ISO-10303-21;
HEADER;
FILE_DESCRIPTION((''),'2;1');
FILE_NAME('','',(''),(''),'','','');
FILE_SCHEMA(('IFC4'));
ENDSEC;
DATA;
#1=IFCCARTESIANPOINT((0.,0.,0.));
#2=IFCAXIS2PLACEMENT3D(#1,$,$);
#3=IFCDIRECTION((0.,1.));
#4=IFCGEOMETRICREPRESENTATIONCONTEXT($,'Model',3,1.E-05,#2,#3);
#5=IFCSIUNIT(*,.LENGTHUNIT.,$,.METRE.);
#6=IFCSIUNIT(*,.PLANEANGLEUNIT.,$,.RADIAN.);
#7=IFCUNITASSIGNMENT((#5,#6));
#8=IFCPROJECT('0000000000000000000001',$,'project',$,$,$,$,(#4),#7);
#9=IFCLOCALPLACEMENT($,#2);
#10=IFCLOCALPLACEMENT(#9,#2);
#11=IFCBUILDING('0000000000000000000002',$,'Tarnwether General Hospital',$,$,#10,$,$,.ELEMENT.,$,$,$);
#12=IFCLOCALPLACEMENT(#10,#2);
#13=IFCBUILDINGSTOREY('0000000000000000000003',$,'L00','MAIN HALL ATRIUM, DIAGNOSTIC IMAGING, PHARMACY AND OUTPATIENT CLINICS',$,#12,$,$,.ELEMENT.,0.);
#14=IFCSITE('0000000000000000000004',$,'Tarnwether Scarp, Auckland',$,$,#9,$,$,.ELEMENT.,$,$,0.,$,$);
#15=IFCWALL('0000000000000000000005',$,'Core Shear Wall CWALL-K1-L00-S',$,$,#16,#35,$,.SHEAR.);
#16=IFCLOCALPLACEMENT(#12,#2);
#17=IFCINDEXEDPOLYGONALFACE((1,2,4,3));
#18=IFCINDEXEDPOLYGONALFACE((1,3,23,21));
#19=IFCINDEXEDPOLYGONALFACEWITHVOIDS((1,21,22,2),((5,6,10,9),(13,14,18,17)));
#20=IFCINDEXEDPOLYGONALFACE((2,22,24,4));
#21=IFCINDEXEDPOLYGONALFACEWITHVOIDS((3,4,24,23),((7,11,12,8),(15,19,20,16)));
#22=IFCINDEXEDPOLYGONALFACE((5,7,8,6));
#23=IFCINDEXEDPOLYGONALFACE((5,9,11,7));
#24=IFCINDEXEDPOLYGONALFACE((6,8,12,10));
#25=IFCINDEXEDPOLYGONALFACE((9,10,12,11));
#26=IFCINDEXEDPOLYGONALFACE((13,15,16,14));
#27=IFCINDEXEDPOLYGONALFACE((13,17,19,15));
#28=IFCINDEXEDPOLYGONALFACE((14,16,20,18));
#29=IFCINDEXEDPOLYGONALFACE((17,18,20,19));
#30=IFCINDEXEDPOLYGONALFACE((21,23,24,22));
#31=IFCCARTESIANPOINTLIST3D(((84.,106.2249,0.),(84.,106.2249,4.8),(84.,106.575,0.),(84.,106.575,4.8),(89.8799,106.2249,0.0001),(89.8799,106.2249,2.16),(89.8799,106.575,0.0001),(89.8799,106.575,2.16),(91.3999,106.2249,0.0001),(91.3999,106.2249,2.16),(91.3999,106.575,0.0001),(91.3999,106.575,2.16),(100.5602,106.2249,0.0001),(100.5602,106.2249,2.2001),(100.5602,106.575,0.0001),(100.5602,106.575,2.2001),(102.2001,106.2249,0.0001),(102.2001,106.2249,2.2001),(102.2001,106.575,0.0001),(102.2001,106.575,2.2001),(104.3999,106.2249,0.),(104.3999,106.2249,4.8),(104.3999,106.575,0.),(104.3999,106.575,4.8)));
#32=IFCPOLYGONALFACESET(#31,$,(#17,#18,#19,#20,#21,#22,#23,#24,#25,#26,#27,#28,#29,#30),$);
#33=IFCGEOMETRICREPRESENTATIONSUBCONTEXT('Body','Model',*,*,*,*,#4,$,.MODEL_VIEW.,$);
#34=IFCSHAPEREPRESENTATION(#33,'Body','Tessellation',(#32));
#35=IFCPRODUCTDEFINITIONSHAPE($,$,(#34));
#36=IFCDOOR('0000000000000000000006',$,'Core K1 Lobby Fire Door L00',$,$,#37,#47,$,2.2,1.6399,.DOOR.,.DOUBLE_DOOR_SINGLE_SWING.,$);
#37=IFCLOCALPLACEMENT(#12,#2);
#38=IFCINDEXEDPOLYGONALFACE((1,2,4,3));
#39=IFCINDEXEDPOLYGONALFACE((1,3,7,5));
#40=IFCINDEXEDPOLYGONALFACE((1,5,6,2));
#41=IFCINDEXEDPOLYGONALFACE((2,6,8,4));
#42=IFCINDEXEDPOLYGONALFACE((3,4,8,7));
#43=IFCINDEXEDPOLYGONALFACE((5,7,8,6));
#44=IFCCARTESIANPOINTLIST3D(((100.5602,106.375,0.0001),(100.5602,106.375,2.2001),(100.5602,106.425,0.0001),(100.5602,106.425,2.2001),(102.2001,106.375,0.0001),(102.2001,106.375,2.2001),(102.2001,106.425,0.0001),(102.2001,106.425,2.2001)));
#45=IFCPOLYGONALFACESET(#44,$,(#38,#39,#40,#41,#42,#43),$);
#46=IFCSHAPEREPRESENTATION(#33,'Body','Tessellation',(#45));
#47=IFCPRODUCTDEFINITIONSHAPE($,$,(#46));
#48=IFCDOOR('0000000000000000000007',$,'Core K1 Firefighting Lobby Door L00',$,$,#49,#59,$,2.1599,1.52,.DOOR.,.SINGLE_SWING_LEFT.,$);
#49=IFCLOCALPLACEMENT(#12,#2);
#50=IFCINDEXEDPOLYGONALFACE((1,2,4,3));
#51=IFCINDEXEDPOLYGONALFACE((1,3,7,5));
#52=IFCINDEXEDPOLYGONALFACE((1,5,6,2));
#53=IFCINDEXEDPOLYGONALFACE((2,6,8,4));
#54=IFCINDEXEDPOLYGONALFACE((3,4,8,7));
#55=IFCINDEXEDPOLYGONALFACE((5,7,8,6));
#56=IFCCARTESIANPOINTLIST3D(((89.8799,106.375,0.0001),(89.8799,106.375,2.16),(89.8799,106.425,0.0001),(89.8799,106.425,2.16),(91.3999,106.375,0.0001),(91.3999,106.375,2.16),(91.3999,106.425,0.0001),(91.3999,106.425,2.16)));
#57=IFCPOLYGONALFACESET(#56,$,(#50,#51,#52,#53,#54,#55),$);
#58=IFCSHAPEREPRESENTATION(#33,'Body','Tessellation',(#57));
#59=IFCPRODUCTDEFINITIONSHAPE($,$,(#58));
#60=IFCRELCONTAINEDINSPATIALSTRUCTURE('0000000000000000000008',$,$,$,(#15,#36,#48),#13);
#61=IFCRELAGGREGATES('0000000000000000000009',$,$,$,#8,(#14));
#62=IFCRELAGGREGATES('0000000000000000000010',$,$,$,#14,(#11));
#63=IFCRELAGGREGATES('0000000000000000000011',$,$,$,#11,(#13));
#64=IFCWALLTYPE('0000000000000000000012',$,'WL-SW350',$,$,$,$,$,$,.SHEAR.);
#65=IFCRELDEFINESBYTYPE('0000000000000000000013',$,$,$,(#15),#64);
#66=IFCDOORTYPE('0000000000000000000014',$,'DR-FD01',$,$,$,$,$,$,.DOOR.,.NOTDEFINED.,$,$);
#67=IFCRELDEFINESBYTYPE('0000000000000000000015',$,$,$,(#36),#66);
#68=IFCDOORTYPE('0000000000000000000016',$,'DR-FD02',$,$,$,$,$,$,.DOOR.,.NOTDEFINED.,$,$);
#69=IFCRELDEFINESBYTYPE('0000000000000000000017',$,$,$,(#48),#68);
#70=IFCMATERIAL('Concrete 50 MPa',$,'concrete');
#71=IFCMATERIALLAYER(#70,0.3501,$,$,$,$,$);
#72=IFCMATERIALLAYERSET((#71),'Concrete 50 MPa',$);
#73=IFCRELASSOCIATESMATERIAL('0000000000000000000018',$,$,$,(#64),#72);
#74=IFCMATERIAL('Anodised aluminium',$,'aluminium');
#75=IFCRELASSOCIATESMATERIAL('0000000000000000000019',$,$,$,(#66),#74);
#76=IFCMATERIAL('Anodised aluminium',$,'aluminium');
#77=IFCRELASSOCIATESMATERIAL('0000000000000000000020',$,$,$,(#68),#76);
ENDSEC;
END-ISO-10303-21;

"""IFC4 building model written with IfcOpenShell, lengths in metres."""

from ifc_helpers import new_model, si_unit, direction, frame, frame_2d, origin, place, context, subcontext, project, spatial, rectangle, extrude, material, layer, layer_set, type_object, element, fill, save


model = new_model("IFC4")

# Units and contexts
model_context = context("Model", 3, precision=1e-05, world=origin(), true_north=direction((0.0, 1.0)))
body_context = subcontext(model_context, "Body", "Model", "MODEL_VIEW")
ifc_project = project(units=[si_unit("LENGTHUNIT", "METRE"), si_unit("PLANEANGLEUNIT", "RADIAN")], contexts=[model_context])

# Site, building, storey
site_placement = place(None, origin())
site = spatial("IfcSite", under=ifc_project, at=site_placement, Name="Tarnwether Scarp, Auckland", CompositionType="ELEMENT", RefElevation=0.0)
building_placement = place(site_placement, origin())
building = spatial("IfcBuilding", under=site, at=building_placement, Name="Tarnwether General Hospital", CompositionType="ELEMENT")
storey_placement = place(building_placement, origin())
storey = spatial("IfcBuildingStorey", under=building, at=storey_placement, Name="L00", Description="MAIN HALL ATRIUM, DIAGNOSTIC IMAGING, PHARMACY AND OUTPATIENT CLINICS", CompositionType="ELEMENT", Elevation=0.0)

# Wall, openings, doors
ifc_material_1 = material(Name="Concrete 50 MPa", Category="concrete")
ifc_layer_1 = layer(ifc_material_1, 0.3501)
ifc_layer_set_1 = layer_set([ifc_layer_1], Name="Concrete 50 MPa")
wall_type_1 = type_object("IfcWallType", Name="WL-SW350", PredefinedType="SHEAR", material=ifc_layer_set_1)
wall_1_placement = place(storey_placement, frame((104.3999, 106.3999, 0.0), z_axis=(0.0, 0.0, 1.0), x_axis=(-1.0, 0.0, 0.0)))
wall_1 = element("IfcWall", 1, at=wall_1_placement, inside=storey, type_object=wall_type_1, Name="Core Shear Wall CWALL-K1-L00-S", PredefinedType="SHEAR", context=body_context, shape_type="SweptSolid", body=[
    extrude(rectangle(XDim=20.3999, YDim=0.3501, at=frame_2d((10.2, 0.0))), origin(), (0.0, 0.0, 1.0), 4.8),
])
opening_1_placement = place(wall_1_placement, frame((2.2, 0.0, 0.0)))
opening_1 = element("IfcOpeningElement", 2, at=opening_1_placement, cuts=wall_1, PredefinedType="OPENING", context=body_context, shape_type="SweptSolid", body=[
    extrude(rectangle(XDim=1.6399, YDim=2.2, at=frame_2d((0.8198, 1.1001))), frame((0.0, 0.1851, 0.0), z_axis=(0.0, -1.0, 0.0), x_axis=(1.0, 0.0, 0.0)), (0.0, 0.0, 1.0), 0.3701),
])
opening_2_placement = place(wall_1_placement, frame((13.0, 0.0, 0.0)))
opening_2 = element("IfcOpeningElement", 3, at=opening_2_placement, cuts=wall_1, PredefinedType="OPENING", context=body_context, shape_type="SweptSolid", body=[
    extrude(rectangle(XDim=1.52, YDim=2.1599, at=frame_2d((0.76, 1.0801))), frame((0.0, 0.1851, 0.0), z_axis=(0.0, -1.0, 0.0), x_axis=(1.0, 0.0, 0.0)), (0.0, 0.0, 1.0), 0.3701),
])
ifc_material_2 = material(Name="Anodised aluminium", Category="aluminium")
door_type_1 = type_object("IfcDoorType", Name="DR-FD01", OperationType="NOTDEFINED", PredefinedType="DOOR", material=ifc_material_2)
door_1_placement = place(opening_1_placement, origin())
door_1 = element("IfcDoor", 4, at=door_1_placement, inside=storey, type_object=door_type_1, Name="Core K1 Lobby Fire Door L00", OperationType="DOUBLE_DOOR_SINGLE_SWING", OverallHeight=2.2, OverallWidth=1.6399, PredefinedType="DOOR", context=body_context, shape_type="SweptSolid", body=[
    extrude(rectangle(XDim=1.6399, YDim=2.2, at=frame_2d((0.8198, 1.1001))), frame((0.0, 0.0249, 0.0), z_axis=(0.0, -1.0, 0.0), x_axis=(1.0, 0.0, 0.0)), (0.0, 0.0, 1.0), 0.05),
])
fill(opening_1, door_1)
ifc_material_3 = material(Name="Anodised aluminium", Category="aluminium")
door_type_2 = type_object("IfcDoorType", Name="DR-FD02", OperationType="NOTDEFINED", PredefinedType="DOOR", material=ifc_material_3)
door_2_placement = place(opening_2_placement, origin())
door_2 = element("IfcDoor", 5, at=door_2_placement, inside=storey, type_object=door_type_2, Name="Core K1 Firefighting Lobby Door L00", OperationType="SINGLE_SWING_LEFT", OverallHeight=2.1599, OverallWidth=1.52, PredefinedType="DOOR", context=body_context, shape_type="SweptSolid", body=[
    extrude(rectangle(XDim=1.52, YDim=2.1599, at=frame_2d((0.76, 1.0801))), frame((0.0, 0.0249, 0.0), z_axis=(0.0, -1.0, 0.0), x_axis=(1.0, 0.0, 0.0)), (0.0, 0.0, 1.0), 0.05),
])
fill(opening_2, door_2)

save(model, "model.ifc")
